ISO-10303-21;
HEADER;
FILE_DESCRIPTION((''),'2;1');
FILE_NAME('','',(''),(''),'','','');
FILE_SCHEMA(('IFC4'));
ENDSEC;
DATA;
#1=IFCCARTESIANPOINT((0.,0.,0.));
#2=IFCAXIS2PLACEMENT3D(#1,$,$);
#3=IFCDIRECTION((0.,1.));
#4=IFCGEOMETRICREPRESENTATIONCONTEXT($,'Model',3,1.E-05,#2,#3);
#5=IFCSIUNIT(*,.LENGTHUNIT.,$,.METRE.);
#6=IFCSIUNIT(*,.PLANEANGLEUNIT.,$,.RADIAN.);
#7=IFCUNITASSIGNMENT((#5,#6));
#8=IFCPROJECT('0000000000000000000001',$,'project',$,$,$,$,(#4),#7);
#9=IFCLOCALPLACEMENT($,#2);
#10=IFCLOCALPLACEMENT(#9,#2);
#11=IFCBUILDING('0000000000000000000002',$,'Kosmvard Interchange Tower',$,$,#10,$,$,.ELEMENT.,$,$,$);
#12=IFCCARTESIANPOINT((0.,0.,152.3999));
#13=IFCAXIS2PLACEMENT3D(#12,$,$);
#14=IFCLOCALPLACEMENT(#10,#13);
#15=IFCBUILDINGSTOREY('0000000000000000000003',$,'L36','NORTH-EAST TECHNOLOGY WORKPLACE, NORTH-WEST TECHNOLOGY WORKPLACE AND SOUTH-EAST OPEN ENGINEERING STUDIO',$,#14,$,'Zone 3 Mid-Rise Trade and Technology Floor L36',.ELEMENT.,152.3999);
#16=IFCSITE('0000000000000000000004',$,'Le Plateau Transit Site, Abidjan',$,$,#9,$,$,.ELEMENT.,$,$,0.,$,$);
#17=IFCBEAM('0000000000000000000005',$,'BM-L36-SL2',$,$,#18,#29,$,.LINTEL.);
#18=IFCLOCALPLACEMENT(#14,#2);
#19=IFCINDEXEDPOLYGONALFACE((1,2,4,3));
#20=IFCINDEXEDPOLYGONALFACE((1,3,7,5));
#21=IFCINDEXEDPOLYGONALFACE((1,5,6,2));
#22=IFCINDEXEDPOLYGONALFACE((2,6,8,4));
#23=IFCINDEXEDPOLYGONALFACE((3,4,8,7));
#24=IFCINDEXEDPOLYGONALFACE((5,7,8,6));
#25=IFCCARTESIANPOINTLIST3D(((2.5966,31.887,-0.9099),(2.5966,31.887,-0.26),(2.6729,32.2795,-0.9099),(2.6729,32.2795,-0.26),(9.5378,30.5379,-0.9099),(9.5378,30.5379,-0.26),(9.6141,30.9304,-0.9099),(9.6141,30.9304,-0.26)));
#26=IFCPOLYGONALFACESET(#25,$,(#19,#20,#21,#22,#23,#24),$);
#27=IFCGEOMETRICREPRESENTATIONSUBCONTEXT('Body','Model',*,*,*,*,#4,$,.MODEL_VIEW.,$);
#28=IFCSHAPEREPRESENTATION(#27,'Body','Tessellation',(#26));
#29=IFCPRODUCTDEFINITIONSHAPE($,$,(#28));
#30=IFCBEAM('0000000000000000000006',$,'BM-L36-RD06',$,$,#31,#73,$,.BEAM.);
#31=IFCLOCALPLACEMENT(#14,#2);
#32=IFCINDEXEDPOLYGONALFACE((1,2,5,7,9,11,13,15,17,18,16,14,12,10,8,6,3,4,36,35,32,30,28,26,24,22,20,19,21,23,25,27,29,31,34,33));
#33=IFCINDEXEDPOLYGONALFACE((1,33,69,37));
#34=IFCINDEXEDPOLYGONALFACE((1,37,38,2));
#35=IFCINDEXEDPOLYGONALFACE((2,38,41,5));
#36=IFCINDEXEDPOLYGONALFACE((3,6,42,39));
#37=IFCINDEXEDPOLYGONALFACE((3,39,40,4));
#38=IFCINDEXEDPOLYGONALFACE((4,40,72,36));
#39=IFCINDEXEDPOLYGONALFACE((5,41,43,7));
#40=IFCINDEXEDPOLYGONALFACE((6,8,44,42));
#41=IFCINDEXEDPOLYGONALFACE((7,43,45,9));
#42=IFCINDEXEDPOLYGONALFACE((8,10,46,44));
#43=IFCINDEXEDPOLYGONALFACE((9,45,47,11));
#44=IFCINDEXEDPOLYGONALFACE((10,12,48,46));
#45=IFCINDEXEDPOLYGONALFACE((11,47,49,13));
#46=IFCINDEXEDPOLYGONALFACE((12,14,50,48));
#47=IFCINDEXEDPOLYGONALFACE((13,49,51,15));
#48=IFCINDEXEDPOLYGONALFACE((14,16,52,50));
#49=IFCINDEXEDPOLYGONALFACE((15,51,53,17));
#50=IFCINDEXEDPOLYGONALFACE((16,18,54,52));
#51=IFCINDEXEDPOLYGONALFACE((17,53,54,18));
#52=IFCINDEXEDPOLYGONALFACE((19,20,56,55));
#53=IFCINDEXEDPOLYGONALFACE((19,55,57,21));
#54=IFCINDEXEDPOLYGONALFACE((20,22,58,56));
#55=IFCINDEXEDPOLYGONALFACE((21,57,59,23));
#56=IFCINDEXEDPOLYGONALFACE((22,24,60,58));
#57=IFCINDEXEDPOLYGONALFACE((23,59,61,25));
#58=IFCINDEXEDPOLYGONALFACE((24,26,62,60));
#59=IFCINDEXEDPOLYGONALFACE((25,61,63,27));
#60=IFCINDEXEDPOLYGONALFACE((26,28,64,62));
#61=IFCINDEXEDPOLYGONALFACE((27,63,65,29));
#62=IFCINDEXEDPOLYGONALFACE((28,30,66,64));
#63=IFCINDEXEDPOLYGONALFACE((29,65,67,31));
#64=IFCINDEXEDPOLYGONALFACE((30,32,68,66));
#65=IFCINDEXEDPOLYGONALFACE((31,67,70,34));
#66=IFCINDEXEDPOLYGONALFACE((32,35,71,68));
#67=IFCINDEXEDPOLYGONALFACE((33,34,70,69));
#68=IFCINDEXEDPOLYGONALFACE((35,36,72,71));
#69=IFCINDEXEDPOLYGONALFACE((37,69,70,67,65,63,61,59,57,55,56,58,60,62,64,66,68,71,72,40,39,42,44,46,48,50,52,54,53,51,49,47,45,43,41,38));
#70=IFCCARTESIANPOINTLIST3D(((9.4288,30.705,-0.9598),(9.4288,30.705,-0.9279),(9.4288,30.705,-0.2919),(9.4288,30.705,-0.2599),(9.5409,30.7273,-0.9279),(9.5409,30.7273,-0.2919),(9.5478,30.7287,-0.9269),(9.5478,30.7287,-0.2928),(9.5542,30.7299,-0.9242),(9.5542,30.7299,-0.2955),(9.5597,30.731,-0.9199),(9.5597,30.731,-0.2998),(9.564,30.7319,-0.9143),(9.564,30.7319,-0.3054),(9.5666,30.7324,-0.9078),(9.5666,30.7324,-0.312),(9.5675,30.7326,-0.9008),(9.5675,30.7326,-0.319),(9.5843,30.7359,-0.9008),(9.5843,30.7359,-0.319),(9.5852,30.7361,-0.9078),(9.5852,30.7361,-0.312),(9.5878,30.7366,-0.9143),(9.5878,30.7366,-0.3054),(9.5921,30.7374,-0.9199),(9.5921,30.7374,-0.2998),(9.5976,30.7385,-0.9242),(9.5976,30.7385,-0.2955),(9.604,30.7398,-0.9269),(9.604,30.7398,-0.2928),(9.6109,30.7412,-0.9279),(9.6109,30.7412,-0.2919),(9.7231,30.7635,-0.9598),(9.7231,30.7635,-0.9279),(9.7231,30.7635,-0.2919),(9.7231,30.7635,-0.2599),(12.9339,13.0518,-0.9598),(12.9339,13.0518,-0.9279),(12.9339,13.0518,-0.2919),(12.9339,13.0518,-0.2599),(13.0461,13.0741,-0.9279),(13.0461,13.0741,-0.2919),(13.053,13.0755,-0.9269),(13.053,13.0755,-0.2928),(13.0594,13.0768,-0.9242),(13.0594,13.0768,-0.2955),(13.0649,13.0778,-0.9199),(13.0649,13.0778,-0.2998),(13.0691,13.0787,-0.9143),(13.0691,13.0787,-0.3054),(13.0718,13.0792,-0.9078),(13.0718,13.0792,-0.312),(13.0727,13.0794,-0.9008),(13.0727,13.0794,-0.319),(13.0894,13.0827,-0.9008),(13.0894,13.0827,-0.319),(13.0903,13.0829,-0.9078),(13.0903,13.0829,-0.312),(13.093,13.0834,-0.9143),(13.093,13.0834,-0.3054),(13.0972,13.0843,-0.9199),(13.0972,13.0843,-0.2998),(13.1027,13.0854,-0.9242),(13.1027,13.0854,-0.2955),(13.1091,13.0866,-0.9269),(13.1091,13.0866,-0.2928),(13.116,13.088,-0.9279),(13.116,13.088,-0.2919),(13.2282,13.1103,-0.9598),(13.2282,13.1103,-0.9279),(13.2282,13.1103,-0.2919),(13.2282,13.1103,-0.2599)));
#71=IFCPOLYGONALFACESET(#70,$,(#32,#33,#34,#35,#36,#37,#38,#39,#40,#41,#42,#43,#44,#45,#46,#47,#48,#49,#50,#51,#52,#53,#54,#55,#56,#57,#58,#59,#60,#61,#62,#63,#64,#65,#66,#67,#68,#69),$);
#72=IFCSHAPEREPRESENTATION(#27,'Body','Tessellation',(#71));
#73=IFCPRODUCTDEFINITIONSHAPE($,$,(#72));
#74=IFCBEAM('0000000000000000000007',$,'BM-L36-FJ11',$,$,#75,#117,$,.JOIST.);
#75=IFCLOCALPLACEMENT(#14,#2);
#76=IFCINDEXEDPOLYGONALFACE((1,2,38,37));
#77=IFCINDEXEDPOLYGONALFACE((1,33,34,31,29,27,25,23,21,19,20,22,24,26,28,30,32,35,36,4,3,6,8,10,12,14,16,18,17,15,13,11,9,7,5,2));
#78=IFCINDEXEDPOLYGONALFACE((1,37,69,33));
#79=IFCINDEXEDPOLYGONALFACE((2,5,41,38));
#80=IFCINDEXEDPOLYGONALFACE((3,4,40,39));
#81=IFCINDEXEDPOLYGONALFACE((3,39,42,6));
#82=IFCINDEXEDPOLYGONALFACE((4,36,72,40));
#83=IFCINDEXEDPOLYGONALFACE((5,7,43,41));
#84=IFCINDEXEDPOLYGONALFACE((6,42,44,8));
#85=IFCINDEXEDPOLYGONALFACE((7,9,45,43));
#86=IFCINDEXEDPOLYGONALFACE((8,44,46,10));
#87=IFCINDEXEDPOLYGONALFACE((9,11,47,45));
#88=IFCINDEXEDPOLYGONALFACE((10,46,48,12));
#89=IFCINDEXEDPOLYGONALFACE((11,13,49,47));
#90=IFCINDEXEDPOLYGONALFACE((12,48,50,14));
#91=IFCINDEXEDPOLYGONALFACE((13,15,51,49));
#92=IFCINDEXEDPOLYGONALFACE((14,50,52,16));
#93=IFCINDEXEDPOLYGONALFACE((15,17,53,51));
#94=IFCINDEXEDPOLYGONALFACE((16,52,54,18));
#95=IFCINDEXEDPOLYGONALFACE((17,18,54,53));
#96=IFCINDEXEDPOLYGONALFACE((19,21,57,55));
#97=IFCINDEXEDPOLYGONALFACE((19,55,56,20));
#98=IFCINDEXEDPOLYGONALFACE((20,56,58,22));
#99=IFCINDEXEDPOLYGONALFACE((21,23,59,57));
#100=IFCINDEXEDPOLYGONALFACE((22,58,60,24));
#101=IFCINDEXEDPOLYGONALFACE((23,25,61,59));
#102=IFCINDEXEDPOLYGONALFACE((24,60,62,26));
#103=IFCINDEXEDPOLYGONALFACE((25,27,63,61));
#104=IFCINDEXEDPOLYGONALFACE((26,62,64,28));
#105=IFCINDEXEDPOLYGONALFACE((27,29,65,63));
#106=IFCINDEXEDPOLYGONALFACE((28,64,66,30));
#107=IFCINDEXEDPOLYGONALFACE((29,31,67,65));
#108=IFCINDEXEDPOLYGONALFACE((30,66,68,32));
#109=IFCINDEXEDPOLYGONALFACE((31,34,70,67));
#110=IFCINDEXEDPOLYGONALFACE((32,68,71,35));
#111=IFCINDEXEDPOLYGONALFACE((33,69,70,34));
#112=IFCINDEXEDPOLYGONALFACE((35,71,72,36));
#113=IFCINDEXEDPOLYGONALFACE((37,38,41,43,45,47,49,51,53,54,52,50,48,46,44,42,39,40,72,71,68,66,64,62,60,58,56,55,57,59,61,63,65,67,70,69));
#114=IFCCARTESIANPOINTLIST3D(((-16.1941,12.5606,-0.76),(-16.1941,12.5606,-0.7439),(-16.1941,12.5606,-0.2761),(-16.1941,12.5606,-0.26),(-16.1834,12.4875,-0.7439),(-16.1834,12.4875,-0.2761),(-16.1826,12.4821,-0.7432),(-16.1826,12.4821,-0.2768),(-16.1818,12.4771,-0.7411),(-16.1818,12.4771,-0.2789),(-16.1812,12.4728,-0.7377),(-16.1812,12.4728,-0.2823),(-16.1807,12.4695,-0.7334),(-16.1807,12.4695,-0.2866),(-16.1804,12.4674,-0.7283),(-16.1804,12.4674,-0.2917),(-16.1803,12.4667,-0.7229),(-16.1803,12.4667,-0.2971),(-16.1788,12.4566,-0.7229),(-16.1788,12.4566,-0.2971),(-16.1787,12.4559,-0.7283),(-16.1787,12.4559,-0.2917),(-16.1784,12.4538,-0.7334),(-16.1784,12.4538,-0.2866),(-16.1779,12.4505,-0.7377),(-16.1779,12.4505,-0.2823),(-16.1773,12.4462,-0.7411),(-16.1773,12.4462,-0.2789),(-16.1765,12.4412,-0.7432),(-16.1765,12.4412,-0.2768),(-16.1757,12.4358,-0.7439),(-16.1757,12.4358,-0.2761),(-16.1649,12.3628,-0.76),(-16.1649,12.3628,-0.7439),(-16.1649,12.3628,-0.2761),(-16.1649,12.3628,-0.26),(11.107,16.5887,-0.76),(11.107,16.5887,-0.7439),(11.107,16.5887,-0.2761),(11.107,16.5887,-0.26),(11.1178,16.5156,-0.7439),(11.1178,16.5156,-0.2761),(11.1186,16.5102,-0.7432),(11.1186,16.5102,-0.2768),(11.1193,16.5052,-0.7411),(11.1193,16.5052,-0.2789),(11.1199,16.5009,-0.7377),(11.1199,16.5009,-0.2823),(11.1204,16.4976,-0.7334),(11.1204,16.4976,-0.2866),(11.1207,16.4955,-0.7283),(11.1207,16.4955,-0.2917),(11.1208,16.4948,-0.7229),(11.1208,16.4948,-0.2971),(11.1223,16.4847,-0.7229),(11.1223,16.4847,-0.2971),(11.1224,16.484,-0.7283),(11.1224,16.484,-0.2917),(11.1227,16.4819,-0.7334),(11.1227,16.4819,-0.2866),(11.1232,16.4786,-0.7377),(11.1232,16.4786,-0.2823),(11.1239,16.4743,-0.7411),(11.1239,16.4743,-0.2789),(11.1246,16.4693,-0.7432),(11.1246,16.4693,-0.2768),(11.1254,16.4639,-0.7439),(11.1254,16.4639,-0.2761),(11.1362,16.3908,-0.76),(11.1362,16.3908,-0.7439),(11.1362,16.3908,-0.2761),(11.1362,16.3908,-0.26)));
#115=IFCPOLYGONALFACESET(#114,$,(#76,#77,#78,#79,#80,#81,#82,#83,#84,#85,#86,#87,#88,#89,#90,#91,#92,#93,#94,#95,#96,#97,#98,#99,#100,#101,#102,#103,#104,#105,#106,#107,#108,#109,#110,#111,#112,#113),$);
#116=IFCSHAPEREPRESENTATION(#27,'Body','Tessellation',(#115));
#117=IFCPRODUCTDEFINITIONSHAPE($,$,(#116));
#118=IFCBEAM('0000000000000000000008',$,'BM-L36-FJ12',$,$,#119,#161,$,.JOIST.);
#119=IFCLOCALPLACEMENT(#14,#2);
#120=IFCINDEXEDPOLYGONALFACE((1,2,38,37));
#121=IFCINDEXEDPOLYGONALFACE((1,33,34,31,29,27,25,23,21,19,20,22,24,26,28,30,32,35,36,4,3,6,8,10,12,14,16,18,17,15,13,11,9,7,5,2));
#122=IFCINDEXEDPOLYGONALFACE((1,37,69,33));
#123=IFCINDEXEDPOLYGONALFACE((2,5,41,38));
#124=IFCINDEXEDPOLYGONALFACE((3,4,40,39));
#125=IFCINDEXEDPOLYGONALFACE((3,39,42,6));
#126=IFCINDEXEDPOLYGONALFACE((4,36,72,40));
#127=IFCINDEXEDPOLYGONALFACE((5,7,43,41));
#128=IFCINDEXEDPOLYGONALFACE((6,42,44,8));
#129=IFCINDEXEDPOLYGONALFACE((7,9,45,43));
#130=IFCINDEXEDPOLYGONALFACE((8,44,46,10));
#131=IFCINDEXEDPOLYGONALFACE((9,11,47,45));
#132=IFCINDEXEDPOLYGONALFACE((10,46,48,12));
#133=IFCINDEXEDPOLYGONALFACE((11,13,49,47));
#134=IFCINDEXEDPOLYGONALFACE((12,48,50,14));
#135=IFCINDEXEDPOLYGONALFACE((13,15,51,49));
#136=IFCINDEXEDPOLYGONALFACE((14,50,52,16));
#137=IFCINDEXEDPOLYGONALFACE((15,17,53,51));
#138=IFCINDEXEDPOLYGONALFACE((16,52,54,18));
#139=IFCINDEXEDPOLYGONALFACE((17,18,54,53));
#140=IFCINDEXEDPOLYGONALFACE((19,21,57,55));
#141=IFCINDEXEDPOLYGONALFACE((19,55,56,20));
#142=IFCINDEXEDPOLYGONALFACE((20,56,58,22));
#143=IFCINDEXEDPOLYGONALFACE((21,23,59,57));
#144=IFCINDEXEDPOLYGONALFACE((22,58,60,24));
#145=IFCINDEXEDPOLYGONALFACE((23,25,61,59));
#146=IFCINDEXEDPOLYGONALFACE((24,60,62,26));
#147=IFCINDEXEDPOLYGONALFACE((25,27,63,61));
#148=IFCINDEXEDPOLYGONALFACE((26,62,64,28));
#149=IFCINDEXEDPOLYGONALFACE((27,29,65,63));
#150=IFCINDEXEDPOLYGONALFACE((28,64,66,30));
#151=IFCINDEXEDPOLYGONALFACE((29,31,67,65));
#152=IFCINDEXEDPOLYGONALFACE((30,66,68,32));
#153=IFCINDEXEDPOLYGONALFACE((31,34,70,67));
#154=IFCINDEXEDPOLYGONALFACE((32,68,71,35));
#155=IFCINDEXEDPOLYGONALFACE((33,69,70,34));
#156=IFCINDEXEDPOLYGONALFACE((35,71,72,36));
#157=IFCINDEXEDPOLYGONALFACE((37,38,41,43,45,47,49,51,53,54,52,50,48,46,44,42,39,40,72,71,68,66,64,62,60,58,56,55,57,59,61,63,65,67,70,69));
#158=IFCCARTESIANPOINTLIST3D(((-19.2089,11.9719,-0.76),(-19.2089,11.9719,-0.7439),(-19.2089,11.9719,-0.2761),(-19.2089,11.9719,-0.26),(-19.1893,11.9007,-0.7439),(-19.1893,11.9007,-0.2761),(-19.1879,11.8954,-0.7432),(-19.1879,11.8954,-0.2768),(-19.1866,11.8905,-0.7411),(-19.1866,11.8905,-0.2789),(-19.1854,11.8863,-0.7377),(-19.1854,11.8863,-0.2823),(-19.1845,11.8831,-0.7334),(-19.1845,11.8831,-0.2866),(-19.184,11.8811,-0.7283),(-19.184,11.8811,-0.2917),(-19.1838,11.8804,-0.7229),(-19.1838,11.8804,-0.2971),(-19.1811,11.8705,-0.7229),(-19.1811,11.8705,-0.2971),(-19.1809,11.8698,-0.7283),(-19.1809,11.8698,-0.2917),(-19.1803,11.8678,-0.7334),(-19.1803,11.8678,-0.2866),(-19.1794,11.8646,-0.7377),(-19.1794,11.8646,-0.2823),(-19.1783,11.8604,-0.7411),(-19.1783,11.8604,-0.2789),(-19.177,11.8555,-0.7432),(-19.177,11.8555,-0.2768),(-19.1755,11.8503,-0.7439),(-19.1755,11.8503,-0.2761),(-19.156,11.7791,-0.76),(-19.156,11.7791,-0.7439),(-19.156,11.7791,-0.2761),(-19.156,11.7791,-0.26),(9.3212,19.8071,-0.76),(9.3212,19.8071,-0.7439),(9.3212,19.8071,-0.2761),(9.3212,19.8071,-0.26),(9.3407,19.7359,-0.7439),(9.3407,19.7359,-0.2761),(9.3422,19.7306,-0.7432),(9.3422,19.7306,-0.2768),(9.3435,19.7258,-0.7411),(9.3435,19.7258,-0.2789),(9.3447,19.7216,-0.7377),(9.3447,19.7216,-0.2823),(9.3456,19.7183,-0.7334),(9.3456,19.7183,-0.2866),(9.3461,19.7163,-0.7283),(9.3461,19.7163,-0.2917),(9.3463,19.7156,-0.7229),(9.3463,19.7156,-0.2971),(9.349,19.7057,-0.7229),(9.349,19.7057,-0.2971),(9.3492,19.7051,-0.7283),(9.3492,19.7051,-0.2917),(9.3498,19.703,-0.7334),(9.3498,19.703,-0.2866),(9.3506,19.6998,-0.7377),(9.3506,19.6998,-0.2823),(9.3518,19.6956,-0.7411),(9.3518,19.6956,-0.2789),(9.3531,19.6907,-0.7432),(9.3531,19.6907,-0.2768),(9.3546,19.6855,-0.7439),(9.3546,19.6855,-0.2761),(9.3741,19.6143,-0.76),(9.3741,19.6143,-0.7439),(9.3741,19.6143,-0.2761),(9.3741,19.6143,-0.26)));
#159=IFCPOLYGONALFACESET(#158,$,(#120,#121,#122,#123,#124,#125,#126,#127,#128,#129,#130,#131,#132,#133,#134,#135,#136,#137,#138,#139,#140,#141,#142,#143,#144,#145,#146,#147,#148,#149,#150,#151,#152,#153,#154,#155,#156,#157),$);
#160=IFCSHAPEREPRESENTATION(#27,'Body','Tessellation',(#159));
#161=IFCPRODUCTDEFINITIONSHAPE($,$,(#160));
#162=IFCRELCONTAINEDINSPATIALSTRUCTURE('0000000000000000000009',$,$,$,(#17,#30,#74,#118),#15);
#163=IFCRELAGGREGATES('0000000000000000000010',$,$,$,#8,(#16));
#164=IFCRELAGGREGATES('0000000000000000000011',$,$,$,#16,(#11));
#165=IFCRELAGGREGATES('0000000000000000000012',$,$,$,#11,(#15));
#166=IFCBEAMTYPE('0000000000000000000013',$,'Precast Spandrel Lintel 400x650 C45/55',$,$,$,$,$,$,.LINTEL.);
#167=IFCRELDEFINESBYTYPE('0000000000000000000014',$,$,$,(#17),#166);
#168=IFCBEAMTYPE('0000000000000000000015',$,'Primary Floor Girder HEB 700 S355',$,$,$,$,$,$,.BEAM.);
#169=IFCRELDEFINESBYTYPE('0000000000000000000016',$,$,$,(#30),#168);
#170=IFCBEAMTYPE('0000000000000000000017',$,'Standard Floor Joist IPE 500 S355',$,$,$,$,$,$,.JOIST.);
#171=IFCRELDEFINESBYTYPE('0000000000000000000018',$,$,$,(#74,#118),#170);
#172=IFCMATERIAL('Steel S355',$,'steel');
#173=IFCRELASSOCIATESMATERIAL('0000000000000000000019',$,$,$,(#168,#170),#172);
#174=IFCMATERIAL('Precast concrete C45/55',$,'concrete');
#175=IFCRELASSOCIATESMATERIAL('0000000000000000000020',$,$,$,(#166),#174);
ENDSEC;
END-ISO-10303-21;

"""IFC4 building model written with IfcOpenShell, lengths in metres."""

from ifc_helpers import new_model, si_unit, direction, frame, origin, origin_2d, place, context, subcontext, project, spatial, rectangle, i_section, extrude, source, transform, mapped, material, material_profile, profile_set, type_object, element, save


model = new_model("IFC4")

# Units and contexts
model_context = context("Model", 3, precision=1e-05, world=origin(), true_north=direction((0.0, 1.0)))
body_context = subcontext(model_context, "Body", "Model", "MODEL_VIEW")
ifc_project = project(units=[si_unit("LENGTHUNIT", "METRE"), si_unit("PLANEANGLEUNIT", "RADIAN")], contexts=[model_context])

# Site, building, storey
site_placement = place(None, origin())
site = spatial("IfcSite", under=ifc_project, at=site_placement, Name="Le Plateau Transit Site, Abidjan", CompositionType="ELEMENT", RefElevation=0.0)
building_placement = place(site_placement, origin())
building = spatial("IfcBuilding", under=site, at=building_placement, Name="Kosmvard Interchange Tower", CompositionType="ELEMENT")
storey_placement = place(building_placement, frame((0.0, 0.0, 152.3999)))
storey = spatial("IfcBuildingStorey", under=building, at=storey_placement, Name="L36", Description="NORTH-EAST TECHNOLOGY WORKPLACE, NORTH-WEST TECHNOLOGY WORKPLACE AND SOUTH-EAST OPEN ENGINEERING STUDIO", LongName="Zone 3 Mid-Rise Trade and Technology Floor L36", CompositionType="ELEMENT", Elevation=152.3999)

# Beams
ifc_material_1 = material(Name="Steel S355", Category="steel")
ifc_material_profile_1 = material_profile(ifc_material_1, i_section(OverallWidth=0.3, OverallDepth=0.7, WebThickness=0.0171, FlangeThickness=0.032, FilletRadius=0.0271, at=origin_2d()), Name="HEB 700")
ifc_profile_set_1 = profile_set([ifc_material_profile_1], Name="Steel S355")
beam_type_1 = type_object("IfcBeamType", Name="Primary Floor Girder HEB 700 S355", PredefinedType="BEAM", material=ifc_profile_set_1)
ifc_material_2 = material(Name="Precast concrete C45/55", Category="concrete")
ifc_material_profile_2 = material_profile(ifc_material_2, rectangle(XDim=0.3999, YDim=0.6499, at=origin_2d()), Name="SL 400x650")
ifc_profile_set_2 = profile_set([ifc_material_profile_2], Name="Precast concrete C45/55")
beam_type_2 = type_object("IfcBeamType", Name="Precast Spandrel Lintel 400x650 C45/55", PredefinedType="LINTEL", material=ifc_profile_set_2)
shared_shape_1 = source(origin(), body_context, "Body", "SweptSolid", [
    extrude(rectangle(XDim=0.3999, YDim=0.6499, at=origin_2d()), origin(), (0.0, 0.0, 1.0), 7.071),
])
beam_1_placement = place(storey_placement, frame((9.5759, 30.7341, -0.585), z_axis=(-0.98163, 0.190795, 0.0), x_axis=(-0.190795, -0.98163, 0.0)))
element("IfcBeam", 1, at=beam_1_placement, inside=storey, type_object=beam_type_2, Name="BM-L36-SL2", PredefinedType="LINTEL", context=body_context, shape_type="MappedRepresentation", body=[
    mapped(shared_shape_1, transform((0.0, 0.0, 0.0), scale=1.0)),
])
shared_shape_2 = source(origin(), body_context, "Body", "SweptSolid", [
    extrude(i_section(OverallWidth=0.3, OverallDepth=0.7, WebThickness=0.0171, FlangeThickness=0.032, FilletRadius=0.0271, at=origin_2d()), origin(), (0.0, 0.0, 1.0), 17.9978),
])
beam_2_placement = place(storey_placement, frame((13.0811, 13.0811, -0.6099), z_axis=(-0.194754, 0.980852, 0.0), x_axis=(-0.980852, -0.194754, 0.0)))
element("IfcBeam", 2, at=beam_2_placement, inside=storey, type_object=beam_type_1, Name="BM-L36-RD06", PredefinedType="BEAM", context=body_context, shape_type="MappedRepresentation", body=[
    mapped(shared_shape_2, transform((0.0, 0.0, 0.0), scale=1.0)),
])
ifc_material_profile_3 = material_profile(ifc_material_1, i_section(OverallWidth=0.2, OverallDepth=0.5, WebThickness=0.0103, FlangeThickness=0.0161, FilletRadius=0.021, at=origin_2d()), Name="IPE 500")
ifc_profile_set_3 = profile_set([ifc_material_profile_3], Name="Steel S355")
beam_type_3 = type_object("IfcBeamType", Name="Standard Floor Joist IPE 500 S355", PredefinedType="JOIST", material=ifc_profile_set_3)
shared_shape_3 = source(origin(), body_context, "Body", "SweptSolid", [
    extrude(i_section(OverallWidth=0.2, OverallDepth=0.5, WebThickness=0.0103, FlangeThickness=0.0161, FilletRadius=0.021, at=origin_2d()), origin(), (0.0, 0.0, 1.0), 27.5967),
])
beam_3_placement = place(storey_placement, frame((11.1216, 16.4897, -0.51), z_axis=(-0.98929, -0.145963, 0.0), x_axis=(0.145963, -0.98929, 0.0)))
element("IfcBeam", 3, at=beam_3_placement, inside=storey, type_object=beam_type_3, Name="BM-L36-FJ11", PredefinedType="JOIST", context=body_context, shape_type="MappedRepresentation", body=[
    mapped(shared_shape_3, transform((0.0, 0.0, 0.0), scale=1.0)),
])
shared_shape_4 = source(origin(), body_context, "Body", "SweptSolid", [
    extrude(i_section(OverallWidth=0.2, OverallDepth=0.5, WebThickness=0.0103, FlangeThickness=0.0161, FilletRadius=0.021, at=origin_2d()), origin(), (0.0, 0.0, 1.0), 29.5864),
])
beam_4_placement = place(storey_placement, frame((9.3477, 19.7107, -0.51), z_axis=(-0.964297, -0.264825, 0.0), x_axis=(0.264825, -0.964297, 0.0)))
element("IfcBeam", 4, at=beam_4_placement, inside=storey, type_object=beam_type_3, Name="BM-L36-FJ12", PredefinedType="JOIST", context=body_context, shape_type="MappedRepresentation", body=[
    mapped(shared_shape_4, transform((0.0, 0.0, 0.0), scale=1.0)),
])

save(model, "model.ifc")
